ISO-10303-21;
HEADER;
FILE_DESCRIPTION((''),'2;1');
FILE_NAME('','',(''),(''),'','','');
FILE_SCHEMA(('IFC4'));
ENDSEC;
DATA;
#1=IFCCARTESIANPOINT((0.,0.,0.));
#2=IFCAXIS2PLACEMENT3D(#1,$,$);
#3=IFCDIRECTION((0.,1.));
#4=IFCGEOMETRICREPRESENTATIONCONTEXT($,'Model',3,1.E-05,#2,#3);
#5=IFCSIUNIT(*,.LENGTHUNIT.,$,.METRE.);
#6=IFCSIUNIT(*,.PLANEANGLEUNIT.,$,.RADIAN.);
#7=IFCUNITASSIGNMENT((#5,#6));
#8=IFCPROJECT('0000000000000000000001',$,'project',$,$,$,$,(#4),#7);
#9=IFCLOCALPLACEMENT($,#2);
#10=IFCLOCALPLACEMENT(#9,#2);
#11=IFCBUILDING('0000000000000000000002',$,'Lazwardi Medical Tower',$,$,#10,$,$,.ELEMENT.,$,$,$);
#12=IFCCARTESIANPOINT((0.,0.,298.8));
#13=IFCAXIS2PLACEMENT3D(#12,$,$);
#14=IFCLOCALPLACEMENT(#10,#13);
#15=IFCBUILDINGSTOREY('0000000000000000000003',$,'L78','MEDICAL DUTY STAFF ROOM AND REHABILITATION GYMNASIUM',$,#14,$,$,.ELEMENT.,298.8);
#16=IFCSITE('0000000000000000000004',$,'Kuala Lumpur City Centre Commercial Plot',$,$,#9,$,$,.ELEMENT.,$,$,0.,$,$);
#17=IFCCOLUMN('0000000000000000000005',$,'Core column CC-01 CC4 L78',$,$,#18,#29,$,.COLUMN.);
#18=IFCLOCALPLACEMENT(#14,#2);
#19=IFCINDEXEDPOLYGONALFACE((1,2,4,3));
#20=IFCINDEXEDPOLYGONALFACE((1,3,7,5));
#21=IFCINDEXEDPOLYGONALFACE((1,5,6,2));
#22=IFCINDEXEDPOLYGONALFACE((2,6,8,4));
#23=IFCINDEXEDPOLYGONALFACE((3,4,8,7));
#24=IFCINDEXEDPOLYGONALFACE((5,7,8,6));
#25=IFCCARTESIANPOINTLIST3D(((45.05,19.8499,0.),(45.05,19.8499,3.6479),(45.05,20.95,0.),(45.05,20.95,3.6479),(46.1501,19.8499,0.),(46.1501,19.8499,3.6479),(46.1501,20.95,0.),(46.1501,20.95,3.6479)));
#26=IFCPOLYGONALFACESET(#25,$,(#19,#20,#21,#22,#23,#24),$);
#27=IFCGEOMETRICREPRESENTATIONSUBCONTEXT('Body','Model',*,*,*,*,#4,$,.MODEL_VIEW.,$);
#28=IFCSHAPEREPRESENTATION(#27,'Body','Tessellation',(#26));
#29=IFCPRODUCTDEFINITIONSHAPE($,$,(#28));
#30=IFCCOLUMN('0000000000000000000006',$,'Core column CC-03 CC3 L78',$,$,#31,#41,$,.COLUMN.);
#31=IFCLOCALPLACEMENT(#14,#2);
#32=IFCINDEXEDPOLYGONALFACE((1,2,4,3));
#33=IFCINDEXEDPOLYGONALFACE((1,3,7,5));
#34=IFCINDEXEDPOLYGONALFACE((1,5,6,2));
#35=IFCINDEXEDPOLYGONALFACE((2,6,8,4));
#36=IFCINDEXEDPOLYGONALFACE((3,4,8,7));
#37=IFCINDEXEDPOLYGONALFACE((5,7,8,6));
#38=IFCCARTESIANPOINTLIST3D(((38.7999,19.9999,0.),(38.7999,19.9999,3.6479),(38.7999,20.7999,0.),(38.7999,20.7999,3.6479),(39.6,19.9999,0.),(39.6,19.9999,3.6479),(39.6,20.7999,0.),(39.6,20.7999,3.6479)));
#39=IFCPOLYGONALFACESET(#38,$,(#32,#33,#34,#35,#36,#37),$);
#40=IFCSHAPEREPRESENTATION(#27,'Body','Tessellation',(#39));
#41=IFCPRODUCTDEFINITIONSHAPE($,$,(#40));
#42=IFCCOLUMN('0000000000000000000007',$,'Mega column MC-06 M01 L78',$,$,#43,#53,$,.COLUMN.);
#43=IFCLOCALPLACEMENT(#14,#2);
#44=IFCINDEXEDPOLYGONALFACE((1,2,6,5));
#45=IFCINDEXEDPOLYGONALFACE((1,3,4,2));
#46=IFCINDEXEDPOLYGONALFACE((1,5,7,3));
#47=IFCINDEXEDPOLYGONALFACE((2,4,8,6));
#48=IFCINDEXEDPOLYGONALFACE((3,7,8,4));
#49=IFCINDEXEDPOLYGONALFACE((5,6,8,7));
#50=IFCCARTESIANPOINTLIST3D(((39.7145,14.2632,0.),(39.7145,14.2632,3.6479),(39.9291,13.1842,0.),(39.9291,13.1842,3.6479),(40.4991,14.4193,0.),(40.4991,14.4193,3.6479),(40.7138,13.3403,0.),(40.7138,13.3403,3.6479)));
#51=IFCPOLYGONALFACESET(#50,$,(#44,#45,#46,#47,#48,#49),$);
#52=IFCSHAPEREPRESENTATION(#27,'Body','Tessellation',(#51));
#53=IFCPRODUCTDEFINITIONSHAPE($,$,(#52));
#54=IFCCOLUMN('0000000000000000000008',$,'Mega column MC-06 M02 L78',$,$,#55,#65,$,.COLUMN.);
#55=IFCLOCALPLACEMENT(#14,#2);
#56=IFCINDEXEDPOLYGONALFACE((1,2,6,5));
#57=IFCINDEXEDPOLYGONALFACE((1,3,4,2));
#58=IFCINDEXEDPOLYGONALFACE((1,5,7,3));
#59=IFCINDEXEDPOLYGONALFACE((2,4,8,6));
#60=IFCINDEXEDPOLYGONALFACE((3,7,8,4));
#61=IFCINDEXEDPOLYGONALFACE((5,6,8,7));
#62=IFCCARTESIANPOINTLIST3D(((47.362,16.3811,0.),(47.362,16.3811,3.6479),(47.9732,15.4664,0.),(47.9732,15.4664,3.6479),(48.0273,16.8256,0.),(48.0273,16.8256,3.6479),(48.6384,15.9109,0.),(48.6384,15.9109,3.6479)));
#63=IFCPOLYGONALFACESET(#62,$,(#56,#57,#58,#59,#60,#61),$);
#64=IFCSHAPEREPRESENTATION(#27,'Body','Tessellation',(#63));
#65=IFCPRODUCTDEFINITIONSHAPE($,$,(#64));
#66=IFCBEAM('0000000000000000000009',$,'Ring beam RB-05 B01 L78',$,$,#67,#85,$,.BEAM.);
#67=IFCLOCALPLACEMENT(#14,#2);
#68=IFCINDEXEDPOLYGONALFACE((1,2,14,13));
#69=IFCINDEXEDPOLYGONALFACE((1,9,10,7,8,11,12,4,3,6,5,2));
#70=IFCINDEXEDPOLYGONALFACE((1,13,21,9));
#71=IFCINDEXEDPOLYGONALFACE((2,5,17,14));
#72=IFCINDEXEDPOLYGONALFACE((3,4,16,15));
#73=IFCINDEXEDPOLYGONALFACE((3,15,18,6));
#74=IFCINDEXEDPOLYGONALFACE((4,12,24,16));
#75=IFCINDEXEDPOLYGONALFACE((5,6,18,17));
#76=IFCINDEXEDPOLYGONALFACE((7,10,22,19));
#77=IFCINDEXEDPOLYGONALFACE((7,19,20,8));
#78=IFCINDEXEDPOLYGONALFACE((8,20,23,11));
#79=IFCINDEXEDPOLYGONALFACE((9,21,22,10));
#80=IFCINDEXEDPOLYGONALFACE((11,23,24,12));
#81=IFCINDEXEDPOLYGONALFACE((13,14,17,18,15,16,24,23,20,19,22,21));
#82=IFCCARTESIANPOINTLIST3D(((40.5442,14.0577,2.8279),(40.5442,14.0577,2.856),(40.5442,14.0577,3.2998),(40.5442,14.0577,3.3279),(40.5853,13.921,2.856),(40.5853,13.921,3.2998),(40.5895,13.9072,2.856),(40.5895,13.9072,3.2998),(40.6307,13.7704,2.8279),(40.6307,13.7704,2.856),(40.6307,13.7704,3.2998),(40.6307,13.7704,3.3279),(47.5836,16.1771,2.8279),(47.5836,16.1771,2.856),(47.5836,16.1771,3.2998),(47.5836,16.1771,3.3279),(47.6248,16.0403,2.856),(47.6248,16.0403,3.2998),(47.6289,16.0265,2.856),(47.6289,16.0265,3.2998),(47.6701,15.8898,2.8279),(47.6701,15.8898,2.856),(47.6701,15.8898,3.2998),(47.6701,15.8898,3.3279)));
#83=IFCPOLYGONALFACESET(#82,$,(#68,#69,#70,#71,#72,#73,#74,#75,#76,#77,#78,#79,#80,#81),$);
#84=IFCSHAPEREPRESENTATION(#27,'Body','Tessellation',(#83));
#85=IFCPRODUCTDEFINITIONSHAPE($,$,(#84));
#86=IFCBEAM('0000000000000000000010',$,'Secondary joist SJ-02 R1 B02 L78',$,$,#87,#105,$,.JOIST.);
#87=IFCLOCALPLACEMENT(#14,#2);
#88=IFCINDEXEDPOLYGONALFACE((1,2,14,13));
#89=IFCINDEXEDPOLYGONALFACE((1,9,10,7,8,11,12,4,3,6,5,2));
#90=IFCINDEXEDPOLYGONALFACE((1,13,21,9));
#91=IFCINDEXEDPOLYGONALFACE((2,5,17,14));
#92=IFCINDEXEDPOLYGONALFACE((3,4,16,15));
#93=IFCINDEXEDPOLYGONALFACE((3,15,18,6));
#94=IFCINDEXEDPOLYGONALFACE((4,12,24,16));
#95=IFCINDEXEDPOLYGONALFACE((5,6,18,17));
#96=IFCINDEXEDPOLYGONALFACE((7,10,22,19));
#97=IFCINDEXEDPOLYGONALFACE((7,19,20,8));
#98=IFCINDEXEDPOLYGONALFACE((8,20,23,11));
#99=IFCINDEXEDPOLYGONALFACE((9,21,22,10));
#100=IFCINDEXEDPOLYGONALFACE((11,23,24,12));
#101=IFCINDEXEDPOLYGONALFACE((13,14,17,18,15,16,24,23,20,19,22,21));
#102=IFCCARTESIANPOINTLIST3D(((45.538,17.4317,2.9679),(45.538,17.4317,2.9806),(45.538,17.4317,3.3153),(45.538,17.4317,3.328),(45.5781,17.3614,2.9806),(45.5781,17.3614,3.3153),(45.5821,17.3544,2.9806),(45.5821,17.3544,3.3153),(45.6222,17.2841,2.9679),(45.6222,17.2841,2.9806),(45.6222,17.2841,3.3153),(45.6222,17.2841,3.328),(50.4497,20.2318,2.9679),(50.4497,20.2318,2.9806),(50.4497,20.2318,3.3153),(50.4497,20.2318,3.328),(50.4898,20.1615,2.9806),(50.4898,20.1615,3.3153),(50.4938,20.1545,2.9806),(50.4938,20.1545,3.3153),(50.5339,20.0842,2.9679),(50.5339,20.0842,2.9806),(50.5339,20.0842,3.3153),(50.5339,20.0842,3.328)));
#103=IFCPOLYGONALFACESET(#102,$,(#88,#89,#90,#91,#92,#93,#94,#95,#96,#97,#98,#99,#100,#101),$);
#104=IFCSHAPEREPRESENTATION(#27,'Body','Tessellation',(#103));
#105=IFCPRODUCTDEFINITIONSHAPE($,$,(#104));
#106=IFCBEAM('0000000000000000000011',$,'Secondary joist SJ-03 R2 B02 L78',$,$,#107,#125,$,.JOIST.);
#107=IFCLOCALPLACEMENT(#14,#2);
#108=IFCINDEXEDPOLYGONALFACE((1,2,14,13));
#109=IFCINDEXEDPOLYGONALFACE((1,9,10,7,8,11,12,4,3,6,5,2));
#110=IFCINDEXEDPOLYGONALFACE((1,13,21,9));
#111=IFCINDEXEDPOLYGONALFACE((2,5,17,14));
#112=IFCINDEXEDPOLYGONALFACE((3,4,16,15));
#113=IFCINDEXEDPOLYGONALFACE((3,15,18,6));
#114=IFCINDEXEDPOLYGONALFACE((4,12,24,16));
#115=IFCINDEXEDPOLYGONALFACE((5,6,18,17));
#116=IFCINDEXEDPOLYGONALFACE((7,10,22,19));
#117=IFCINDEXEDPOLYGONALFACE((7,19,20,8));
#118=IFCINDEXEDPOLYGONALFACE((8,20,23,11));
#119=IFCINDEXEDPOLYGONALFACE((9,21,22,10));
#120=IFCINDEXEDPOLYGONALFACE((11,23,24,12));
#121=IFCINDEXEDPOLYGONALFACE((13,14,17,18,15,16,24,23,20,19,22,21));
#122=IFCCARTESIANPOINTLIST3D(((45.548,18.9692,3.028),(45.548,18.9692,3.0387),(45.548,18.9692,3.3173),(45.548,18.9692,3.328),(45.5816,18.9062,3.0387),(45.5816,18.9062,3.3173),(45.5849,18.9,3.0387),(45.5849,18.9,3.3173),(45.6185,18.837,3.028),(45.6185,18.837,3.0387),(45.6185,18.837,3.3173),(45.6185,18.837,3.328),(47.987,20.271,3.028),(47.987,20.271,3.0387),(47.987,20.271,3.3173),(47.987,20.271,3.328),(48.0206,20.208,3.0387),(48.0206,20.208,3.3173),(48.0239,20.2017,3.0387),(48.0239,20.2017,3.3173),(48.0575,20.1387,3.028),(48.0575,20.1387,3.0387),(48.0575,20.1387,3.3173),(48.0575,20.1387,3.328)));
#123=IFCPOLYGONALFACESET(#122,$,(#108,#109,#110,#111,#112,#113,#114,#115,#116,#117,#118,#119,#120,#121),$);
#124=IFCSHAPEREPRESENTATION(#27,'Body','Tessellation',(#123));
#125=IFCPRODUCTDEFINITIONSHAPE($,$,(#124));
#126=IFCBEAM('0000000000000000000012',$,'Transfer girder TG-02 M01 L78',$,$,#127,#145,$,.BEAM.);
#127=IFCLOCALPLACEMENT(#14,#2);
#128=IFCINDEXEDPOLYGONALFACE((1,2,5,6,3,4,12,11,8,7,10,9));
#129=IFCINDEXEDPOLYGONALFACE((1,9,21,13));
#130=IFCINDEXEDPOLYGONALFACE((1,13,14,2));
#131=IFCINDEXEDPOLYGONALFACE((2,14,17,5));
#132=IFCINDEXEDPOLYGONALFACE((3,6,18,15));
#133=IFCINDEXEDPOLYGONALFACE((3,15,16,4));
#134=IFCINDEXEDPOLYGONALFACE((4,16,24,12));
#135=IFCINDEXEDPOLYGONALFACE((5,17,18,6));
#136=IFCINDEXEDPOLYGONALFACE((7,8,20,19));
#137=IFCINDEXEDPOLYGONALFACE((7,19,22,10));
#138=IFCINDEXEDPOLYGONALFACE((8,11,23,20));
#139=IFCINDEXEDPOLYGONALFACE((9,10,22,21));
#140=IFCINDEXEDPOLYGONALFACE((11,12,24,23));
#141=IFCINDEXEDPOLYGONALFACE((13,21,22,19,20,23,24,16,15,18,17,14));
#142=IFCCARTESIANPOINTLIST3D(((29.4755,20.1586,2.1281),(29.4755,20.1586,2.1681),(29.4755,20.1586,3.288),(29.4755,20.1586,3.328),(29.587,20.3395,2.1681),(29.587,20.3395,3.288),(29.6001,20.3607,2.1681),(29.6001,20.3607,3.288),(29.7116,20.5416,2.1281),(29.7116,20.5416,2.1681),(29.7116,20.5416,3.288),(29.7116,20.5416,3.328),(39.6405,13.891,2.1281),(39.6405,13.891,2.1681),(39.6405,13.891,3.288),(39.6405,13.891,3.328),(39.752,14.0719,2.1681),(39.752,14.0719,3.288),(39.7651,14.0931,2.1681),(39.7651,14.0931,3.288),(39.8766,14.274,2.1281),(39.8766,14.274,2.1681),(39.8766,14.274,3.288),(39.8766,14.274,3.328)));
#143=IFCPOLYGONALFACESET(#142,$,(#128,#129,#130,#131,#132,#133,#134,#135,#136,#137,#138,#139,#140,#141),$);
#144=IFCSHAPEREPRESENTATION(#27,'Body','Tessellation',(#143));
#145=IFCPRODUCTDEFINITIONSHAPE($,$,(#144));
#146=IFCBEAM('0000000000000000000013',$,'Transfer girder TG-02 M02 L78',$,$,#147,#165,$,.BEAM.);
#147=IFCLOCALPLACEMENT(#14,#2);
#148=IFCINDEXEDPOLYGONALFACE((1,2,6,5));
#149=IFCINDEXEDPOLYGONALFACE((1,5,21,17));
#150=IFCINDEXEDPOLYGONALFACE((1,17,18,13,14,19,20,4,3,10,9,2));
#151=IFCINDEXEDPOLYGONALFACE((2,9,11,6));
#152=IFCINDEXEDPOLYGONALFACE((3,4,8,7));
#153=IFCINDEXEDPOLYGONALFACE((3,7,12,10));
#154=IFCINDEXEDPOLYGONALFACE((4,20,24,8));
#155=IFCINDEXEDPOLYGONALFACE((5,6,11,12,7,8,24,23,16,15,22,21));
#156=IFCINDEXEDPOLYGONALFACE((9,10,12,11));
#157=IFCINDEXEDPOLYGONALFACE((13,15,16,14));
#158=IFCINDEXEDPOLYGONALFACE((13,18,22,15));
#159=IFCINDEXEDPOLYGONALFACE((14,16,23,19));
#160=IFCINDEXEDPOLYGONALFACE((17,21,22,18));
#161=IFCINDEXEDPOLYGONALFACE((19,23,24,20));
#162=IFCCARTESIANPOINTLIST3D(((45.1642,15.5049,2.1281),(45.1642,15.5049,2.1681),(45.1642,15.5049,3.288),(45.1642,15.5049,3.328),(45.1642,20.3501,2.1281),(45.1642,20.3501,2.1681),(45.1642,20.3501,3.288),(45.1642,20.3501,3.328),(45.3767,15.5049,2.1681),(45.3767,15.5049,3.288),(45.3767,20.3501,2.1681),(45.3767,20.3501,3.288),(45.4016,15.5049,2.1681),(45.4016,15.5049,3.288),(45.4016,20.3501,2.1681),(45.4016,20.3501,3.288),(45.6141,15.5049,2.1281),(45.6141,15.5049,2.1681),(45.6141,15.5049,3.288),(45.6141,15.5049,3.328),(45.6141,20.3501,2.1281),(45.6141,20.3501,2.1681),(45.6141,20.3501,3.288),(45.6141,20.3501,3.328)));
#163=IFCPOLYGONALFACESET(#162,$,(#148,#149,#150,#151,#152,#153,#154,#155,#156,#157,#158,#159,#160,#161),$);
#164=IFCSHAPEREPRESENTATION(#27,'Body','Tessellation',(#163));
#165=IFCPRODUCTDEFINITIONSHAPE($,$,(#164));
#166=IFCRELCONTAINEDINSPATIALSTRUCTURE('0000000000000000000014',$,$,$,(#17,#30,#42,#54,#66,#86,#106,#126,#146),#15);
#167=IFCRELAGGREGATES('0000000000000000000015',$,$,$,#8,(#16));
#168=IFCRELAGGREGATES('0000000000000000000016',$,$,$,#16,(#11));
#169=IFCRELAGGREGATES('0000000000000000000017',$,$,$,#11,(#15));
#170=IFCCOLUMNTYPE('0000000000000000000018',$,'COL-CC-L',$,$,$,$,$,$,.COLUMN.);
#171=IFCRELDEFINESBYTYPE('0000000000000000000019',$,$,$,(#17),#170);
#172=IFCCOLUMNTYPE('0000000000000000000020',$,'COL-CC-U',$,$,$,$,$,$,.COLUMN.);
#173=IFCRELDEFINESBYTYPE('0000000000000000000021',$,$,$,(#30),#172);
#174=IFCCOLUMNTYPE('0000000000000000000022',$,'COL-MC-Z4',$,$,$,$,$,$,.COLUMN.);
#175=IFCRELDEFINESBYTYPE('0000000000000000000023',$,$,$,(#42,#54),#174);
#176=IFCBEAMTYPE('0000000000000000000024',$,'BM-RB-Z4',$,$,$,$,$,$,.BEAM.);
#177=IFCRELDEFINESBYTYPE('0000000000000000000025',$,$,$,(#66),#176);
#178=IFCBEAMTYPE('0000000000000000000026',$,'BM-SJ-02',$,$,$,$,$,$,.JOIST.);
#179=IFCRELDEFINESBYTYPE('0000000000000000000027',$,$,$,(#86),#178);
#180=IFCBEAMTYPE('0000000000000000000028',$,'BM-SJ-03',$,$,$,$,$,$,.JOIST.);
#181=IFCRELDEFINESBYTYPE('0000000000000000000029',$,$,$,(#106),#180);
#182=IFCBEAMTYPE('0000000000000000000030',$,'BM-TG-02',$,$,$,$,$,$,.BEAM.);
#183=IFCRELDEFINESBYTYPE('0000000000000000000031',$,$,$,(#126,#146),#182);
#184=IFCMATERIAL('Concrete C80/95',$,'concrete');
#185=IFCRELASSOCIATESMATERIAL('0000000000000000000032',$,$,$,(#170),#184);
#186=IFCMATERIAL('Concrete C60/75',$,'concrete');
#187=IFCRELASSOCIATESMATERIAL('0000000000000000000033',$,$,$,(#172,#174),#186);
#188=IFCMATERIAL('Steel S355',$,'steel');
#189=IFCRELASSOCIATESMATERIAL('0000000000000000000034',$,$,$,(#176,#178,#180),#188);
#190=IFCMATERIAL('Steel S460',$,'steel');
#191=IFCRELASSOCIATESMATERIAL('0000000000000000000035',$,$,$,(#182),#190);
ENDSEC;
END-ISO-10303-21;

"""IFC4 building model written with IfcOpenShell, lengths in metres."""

from ifc_helpers import new_model, si_unit, direction, frame, origin, origin_2d, place, context, subcontext, project, spatial, rectangle, i_section, extrude, material, material_profile, profile_set, type_object, element, save


model = new_model("IFC4")

# Units and contexts
model_context = context("Model", 3, precision=1e-05, world=origin(), true_north=direction((0.0, 1.0)))
body_context = subcontext(model_context, "Body", "Model", "MODEL_VIEW")
ifc_project = project(units=[si_unit("LENGTHUNIT", "METRE"), si_unit("PLANEANGLEUNIT", "RADIAN")], contexts=[model_context])

# Site, building, storey
site_placement = place(None, origin())
site = spatial("IfcSite", under=ifc_project, at=site_placement, Name="Kuala Lumpur City Centre Commercial Plot", CompositionType="ELEMENT", RefElevation=0.0)
building_placement = place(site_placement, origin())
building = spatial("IfcBuilding", under=site, at=building_placement, Name="Lazwardi Medical Tower", CompositionType="ELEMENT")
storey_placement = place(building_placement, frame((0.0, 0.0, 298.8)))
storey = spatial("IfcBuildingStorey", under=building, at=storey_placement, Name="L78", Description="MEDICAL DUTY STAFF ROOM AND REHABILITATION GYMNASIUM", CompositionType="ELEMENT", Elevation=298.8)

# Columns
ifc_material_1 = material(Name="Concrete C80/95", Category="concrete")
ifc_material_profile_1 = material_profile(ifc_material_1, rectangle(XDim=1.1001, YDim=1.1001, at=origin_2d()), Name="RC 1100x1100")
ifc_profile_set_1 = profile_set([ifc_material_profile_1], Name="Concrete C80/95")
column_type_1 = type_object("IfcColumnType", Name="COL-CC-L", PredefinedType="COLUMN", material=ifc_profile_set_1)
column_1_placement = place(storey_placement, frame((45.6001, 20.3999, 0.0), z_axis=(0.0, 0.0, 1.0), x_axis=(1.0, 0.0, 0.0)))
element("IfcColumn", 1, at=column_1_placement, inside=storey, type_object=column_type_1, Name="Core column CC-01 CC4 L78", PredefinedType="COLUMN", context=body_context, shape_type="SweptSolid", body=[
    extrude(rectangle(XDim=1.1001, YDim=1.1001, at=origin_2d()), origin(), (0.0, 0.0, 1.0), 3.6479),
])
ifc_material_2 = material(Name="Concrete C60/75", Category="concrete")
ifc_material_profile_2 = material_profile(ifc_material_2, rectangle(XDim=0.8, YDim=0.8, at=origin_2d()), Name="RC 800x800")
ifc_profile_set_2 = profile_set([ifc_material_profile_2], Name="Concrete C60/75")
column_type_2 = type_object("IfcColumnType", Name="COL-CC-U", PredefinedType="COLUMN", material=ifc_profile_set_2)
column_2_placement = place(storey_placement, frame((39.2, 20.3999, 0.0), z_axis=(0.0, 0.0, 1.0), x_axis=(1.0, 0.0, 0.0)))
element("IfcColumn", 2, at=column_2_placement, inside=storey, type_object=column_type_2, Name="Core column CC-03 CC3 L78", PredefinedType="COLUMN", context=body_context, shape_type="SweptSolid", body=[
    extrude(rectangle(XDim=0.8, YDim=0.8, at=origin_2d()), origin(), (0.0, 0.0, 1.0), 3.6479),
])
ifc_material_profile_3 = material_profile(ifc_material_2, rectangle(XDim=1.1001, YDim=0.8, at=origin_2d()), Name="CFT-RECT 1100x800")
ifc_profile_set_3 = profile_set([ifc_material_profile_3], Name="Concrete C60/75")
column_type_3 = type_object("IfcColumnType", Name="COL-MC-Z4", PredefinedType="COLUMN", material=ifc_profile_set_3)
for number, where, z_axis, x_axis, name in (
    (3, (40.2141, 13.8018, 0.0), (0.0, 0.0, 1.0), (0.19509, -0.980785, 0.0), "Mega column MC-06 M01 L78"),
    (4, (48.0002, 16.146, 0.0), (0.0, 0.0, 1.0), (0.55557, -0.83147, 0.0), "Mega column MC-06 M02 L78"),
):
    element("IfcColumn", number, at=place(storey_placement, frame(where, z_axis=z_axis, x_axis=x_axis)), inside=storey, type_object=column_type_3, Name=name, PredefinedType="COLUMN", context=body_context, shape_type="SweptSolid", body=[
        extrude(rectangle(XDim=1.1001, YDim=0.8, at=origin_2d()), origin(), (0.0, 0.0, 1.0), 3.6479),
    ])

# Beams
ifc_material_3 = material(Name="Steel S355", Category="steel")
ifc_material_profile_4 = material_profile(ifc_material_3, i_section(OverallWidth=0.3, OverallDepth=0.5, WebThickness=0.0144, FlangeThickness=0.0281, at=origin_2d()), Name="HEB 500")
ifc_profile_set_4 = profile_set([ifc_material_profile_4], Name="Steel S355")
beam_type_1 = type_object("IfcBeamType", Name="BM-RB-Z4", PredefinedType="BEAM", material=ifc_profile_set_4)
beam_1_placement = place(storey_placement, frame((40.5874, 13.9141, 3.0779), z_axis=(0.957544, 0.288286, 0.0), x_axis=(-0.288286, 0.957544, 0.0)))
element("IfcBeam", 5, at=beam_1_placement, inside=storey, type_object=beam_type_1, Name="Ring beam RB-05 B01 L78", PredefinedType="BEAM", context=body_context, shape_type="SweptSolid", body=[
    extrude(i_section(OverallWidth=0.3, OverallDepth=0.5, WebThickness=0.0144, FlangeThickness=0.0281, at=origin_2d()), origin(), (0.0, 0.0, 1.0), 7.3516),
])
ifc_material_profile_5 = material_profile(ifc_material_3, i_section(OverallWidth=0.1699, OverallDepth=0.3601, WebThickness=0.0081, FlangeThickness=0.0127, at=origin_2d()), Name="IPE 360")
ifc_profile_set_5 = profile_set([ifc_material_profile_5], Name="Steel S355")
beam_type_2 = type_object("IfcBeamType", Name="BM-SJ-02", PredefinedType="JOIST", material=ifc_profile_set_5)
beam_2_placement = place(storey_placement, frame((45.5801, 17.3579, 3.1479), z_axis=(0.868745, 0.49526, 0.0), x_axis=(-0.49526, 0.868745, 0.0)))
element("IfcBeam", 6, at=beam_2_placement, inside=storey, type_object=beam_type_2, Name="Secondary joist SJ-02 R1 B02 L78", PredefinedType="JOIST", context=body_context, shape_type="SweptSolid", body=[
    extrude(i_section(OverallWidth=0.1699, OverallDepth=0.3601, WebThickness=0.0081, FlangeThickness=0.0127, at=origin_2d()), origin(), (0.0, 0.0, 1.0), 5.6538),
])
ifc_material_profile_6 = material_profile(ifc_material_3, i_section(OverallWidth=0.1499, OverallDepth=0.3, WebThickness=0.0071, FlangeThickness=0.0107, at=origin_2d()), Name="IPE 300")
ifc_profile_set_6 = profile_set([ifc_material_profile_6], Name="Steel S355")
beam_type_3 = type_object("IfcBeamType", Name="BM-SJ-03", PredefinedType="JOIST", material=ifc_profile_set_6)
beam_3_placement = place(storey_placement, frame((45.5833, 18.9031, 3.178), z_axis=(0.882206, 0.470863, 0.0), x_axis=(-0.470863, 0.882206, 0.0)))
element("IfcBeam", 7, at=beam_3_placement, inside=storey, type_object=beam_type_3, Name="Secondary joist SJ-03 R2 B02 L78", PredefinedType="JOIST", context=body_context, shape_type="SweptSolid", body=[
    extrude(i_section(OverallWidth=0.1499, OverallDepth=0.3, WebThickness=0.0071, FlangeThickness=0.0107, at=origin_2d()), origin(), (0.0, 0.0, 1.0), 2.7646),
])
ifc_material_4 = material(Name="Steel S460", Category="steel")
ifc_material_profile_7 = material_profile(ifc_material_4, i_section(OverallWidth=0.45, OverallDepth=1.2, WebThickness=0.0249, FlangeThickness=0.04, at=origin_2d()), Name="PG 1200x450")
ifc_profile_set_7 = profile_set([ifc_material_profile_7], Name="Steel S460")
beam_type_4 = type_object("IfcBeamType", Name="BM-TG-02", PredefinedType="BEAM", material=ifc_profile_set_7)
beam_4_placement = place(storey_placement, frame((39.7585, 14.0825, 2.728), z_axis=(-0.851203, 0.524836, 0.0), x_axis=(-0.524836, -0.851203, 0.0)))
element("IfcBeam", 8, at=beam_4_placement, inside=storey, type_object=beam_type_4, Name="Transfer girder TG-02 M01 L78", PredefinedType="BEAM", context=body_context, shape_type="SweptSolid", body=[
    extrude(i_section(OverallWidth=0.45, OverallDepth=1.2, WebThickness=0.0249, FlangeThickness=0.04, at=origin_2d()), origin(), (0.0, 0.0, 1.0), 11.9419),
])
beam_5_placement = place(storey_placement, frame((45.3892, 15.5049, 2.728), z_axis=(0.0, 1.0, 0.0), x_axis=(-1.0, 0.0, 0.0)))
element("IfcBeam", 9, at=beam_5_placement, inside=storey, type_object=beam_type_4, Name="Transfer girder TG-02 M02 L78", PredefinedType="BEAM", context=body_context, shape_type="SweptSolid", body=[
    extrude(i_section(OverallWidth=0.45, OverallDepth=1.2, WebThickness=0.0249, FlangeThickness=0.04, at=origin_2d()), origin(), (0.0, 0.0, 1.0), 4.8452),
])

save(model, "model.ifc")
